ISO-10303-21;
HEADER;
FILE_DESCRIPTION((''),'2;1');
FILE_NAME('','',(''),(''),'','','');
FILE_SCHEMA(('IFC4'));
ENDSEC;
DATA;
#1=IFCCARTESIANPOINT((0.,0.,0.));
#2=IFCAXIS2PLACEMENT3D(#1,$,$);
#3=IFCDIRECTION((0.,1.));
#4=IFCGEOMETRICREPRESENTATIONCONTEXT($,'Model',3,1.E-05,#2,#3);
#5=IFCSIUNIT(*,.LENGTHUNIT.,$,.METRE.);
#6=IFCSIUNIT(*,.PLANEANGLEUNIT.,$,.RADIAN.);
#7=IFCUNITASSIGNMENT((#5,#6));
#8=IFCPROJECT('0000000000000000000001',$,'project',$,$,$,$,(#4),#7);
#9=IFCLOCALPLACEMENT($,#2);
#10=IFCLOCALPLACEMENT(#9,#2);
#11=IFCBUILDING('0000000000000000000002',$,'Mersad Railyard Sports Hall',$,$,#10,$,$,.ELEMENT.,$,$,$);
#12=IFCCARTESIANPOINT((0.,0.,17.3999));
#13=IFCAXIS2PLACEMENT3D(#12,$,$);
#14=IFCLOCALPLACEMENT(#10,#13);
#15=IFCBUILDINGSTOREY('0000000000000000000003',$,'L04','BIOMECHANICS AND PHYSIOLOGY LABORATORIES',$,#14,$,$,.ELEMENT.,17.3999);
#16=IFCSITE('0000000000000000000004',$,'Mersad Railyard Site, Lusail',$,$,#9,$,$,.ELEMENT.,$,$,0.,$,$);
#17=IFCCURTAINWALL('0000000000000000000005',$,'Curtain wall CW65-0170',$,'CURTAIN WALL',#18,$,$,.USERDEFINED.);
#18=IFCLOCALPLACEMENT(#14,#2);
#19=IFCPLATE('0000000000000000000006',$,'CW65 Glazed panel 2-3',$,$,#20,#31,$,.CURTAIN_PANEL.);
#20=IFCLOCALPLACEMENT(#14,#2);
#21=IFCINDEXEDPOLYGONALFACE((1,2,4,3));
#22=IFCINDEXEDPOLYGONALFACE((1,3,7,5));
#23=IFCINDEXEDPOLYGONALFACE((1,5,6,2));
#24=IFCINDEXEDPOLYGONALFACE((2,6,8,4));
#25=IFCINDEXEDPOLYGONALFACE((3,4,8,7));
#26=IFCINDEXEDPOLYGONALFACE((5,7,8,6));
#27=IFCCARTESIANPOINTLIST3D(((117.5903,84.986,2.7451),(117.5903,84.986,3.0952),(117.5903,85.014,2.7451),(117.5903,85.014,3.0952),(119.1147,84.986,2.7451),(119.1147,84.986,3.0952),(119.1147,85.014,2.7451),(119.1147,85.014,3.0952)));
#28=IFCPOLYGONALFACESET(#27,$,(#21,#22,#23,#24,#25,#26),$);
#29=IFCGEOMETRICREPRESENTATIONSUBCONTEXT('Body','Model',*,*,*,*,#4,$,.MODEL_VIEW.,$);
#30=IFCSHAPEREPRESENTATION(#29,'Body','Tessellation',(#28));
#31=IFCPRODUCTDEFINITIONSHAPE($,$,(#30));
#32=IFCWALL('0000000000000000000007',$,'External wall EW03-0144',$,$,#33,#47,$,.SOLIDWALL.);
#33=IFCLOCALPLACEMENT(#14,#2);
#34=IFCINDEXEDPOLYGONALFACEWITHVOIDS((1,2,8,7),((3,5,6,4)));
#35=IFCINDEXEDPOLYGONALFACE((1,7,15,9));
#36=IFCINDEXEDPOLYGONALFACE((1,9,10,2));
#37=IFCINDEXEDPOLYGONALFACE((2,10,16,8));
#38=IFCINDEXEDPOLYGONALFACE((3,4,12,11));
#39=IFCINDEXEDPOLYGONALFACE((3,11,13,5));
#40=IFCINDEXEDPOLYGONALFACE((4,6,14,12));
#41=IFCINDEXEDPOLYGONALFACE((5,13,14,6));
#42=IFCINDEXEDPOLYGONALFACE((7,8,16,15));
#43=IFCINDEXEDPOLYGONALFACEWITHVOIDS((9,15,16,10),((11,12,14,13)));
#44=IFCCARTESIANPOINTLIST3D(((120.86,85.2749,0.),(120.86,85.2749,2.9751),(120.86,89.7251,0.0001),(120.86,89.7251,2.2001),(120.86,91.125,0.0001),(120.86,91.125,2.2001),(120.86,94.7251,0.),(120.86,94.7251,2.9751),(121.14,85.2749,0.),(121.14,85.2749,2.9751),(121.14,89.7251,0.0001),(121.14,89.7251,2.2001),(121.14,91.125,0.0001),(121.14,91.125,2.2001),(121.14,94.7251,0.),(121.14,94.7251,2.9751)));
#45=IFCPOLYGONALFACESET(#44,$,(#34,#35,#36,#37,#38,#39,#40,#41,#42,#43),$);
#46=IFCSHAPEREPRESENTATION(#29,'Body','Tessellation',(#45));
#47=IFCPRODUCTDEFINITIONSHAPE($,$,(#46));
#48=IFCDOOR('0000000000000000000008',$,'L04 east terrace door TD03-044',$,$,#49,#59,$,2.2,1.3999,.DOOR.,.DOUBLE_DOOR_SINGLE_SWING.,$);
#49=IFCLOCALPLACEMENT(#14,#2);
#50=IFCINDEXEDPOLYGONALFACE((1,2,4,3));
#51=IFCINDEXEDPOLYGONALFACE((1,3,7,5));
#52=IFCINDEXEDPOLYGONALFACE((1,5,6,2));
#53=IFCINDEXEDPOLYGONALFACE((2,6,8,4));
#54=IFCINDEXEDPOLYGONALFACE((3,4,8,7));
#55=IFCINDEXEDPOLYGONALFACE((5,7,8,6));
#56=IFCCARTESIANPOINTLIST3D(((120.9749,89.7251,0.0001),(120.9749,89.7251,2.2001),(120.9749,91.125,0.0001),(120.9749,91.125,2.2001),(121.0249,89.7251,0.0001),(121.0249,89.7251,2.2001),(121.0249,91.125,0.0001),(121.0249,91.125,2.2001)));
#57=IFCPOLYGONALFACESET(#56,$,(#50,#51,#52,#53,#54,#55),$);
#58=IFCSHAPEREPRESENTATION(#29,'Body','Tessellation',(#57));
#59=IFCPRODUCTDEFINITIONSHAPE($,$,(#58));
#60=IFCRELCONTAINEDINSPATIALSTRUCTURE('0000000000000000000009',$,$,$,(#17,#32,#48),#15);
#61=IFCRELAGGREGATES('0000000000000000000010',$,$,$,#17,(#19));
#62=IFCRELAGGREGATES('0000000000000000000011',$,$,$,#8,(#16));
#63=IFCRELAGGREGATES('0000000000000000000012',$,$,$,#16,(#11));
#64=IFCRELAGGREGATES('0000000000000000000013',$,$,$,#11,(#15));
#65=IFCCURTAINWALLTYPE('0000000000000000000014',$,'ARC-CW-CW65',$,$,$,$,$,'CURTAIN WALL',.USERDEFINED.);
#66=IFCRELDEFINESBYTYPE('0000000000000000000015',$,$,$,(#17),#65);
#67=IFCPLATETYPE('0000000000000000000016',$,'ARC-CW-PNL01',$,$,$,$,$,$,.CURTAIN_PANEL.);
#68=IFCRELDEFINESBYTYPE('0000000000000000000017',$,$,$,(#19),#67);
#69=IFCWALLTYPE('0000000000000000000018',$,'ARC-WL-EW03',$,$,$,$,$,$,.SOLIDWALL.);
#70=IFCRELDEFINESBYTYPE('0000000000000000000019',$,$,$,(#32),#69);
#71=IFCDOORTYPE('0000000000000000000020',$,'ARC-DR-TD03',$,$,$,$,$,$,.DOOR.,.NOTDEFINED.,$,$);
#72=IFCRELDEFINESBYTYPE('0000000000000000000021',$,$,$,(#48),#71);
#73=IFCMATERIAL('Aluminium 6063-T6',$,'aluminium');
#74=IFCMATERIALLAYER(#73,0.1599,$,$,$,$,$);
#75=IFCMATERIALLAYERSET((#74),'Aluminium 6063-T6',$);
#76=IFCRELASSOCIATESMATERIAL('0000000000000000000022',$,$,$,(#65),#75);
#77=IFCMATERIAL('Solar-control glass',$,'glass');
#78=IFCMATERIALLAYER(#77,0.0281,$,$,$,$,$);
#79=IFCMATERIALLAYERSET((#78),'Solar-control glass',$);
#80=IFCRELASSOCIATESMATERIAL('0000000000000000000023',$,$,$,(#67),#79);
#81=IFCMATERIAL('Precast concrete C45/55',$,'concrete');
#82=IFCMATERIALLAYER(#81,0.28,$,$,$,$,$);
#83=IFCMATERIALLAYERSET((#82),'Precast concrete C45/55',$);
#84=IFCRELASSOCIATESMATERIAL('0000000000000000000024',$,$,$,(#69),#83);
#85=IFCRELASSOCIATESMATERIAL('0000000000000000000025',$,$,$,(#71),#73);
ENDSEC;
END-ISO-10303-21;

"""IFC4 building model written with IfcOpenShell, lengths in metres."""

from ifc_helpers import new_model, si_unit, direction, frame, frame_2d, origin, origin_2d, place, context, subcontext, project, spatial, rectangle, extrude, material, layer, layer_set, type_object, element, fill, aggregate, save


model = new_model("IFC4")

# Units and contexts
model_context = context("Model", 3, precision=1e-05, world=origin(), true_north=direction((0.0, 1.0)))
body_context = subcontext(model_context, "Body", "Model", "MODEL_VIEW")
ifc_project = project(units=[si_unit("LENGTHUNIT", "METRE"), si_unit("PLANEANGLEUNIT", "RADIAN")], contexts=[model_context])

# Site, building, storey
site_placement = place(None, origin())
site = spatial("IfcSite", under=ifc_project, at=site_placement, Name="Mersad Railyard Site, Lusail", CompositionType="ELEMENT", RefElevation=0.0)
building_placement = place(site_placement, origin())
building = spatial("IfcBuilding", under=site, at=building_placement, Name="Mersad Railyard Sports Hall", CompositionType="ELEMENT")
storey_placement = place(building_placement, frame((0.0, 0.0, 17.3999)))
storey = spatial("IfcBuildingStorey", under=building, at=storey_placement, Name="L04", Description="BIOMECHANICS AND PHYSIOLOGY LABORATORIES", CompositionType="ELEMENT", Elevation=17.3999)

# Curtain wall
ifc_material_1 = material(Name="Aluminium 6063-T6", Category="aluminium")
ifc_layer_1 = layer(ifc_material_1, 0.1599)
ifc_layer_set_1 = layer_set([ifc_layer_1], Name="Aluminium 6063-T6")
curtain_wall_type = type_object("IfcCurtainWallType", Name="ARC-CW-CW65", ElementType="CURTAIN WALL", PredefinedType="USERDEFINED", material=ifc_layer_set_1)
curtain_wall_placement = place(storey_placement, origin())
curtain_wall = element("IfcCurtainWall", 1, at=curtain_wall_placement, inside=storey, type_object=curtain_wall_type, Name="Curtain wall CW65-0170", ObjectType="CURTAIN WALL", PredefinedType="USERDEFINED")

# Plate
ifc_material_2 = material(Name="Solar-control glass", Category="glass")
ifc_layer_2 = layer(ifc_material_2, 0.0281)
ifc_layer_set_2 = layer_set([ifc_layer_2], Name="Solar-control glass")
plate_type = type_object("IfcPlateType", Name="ARC-CW-PNL01", PredefinedType="CURTAIN_PANEL", material=ifc_layer_set_2)
plate_1_placement = place(storey_placement, frame((118.3525, 85.0, 2.7451), z_axis=(0.0, 0.0, 1.0), x_axis=(-1.0, 0.0, 0.0)))
plate_1 = element("IfcPlate", 2, at=plate_1_placement, type_object=plate_type, Name="CW65 Glazed panel 2-3", PredefinedType="CURTAIN_PANEL", context=body_context, shape_type="SweptSolid", body=[
    extrude(rectangle(XDim=1.5244, YDim=0.0281, at=origin_2d()), origin(), (0.0, 0.0, 1.0), 0.3501),
])
aggregate(curtain_wall, [plate_1])

# Wall, opening, door
ifc_material_3 = material(Name="Precast concrete C45/55", Category="concrete")
ifc_layer_3 = layer(ifc_material_3, 0.28)
ifc_layer_set_3 = layer_set([ifc_layer_3], Name="Precast concrete C45/55")
wall_type = type_object("IfcWallType", Name="ARC-WL-EW03", PredefinedType="SOLIDWALL", material=ifc_layer_set_3)
wall_placement = place(storey_placement, frame((121.0, 94.7251, 0.0), z_axis=(0.0, 0.0, 1.0), x_axis=(0.0, -1.0, 0.0)))
wall = element("IfcWall", 3, at=wall_placement, inside=storey, type_object=wall_type, Name="External wall EW03-0144", PredefinedType="SOLIDWALL", context=body_context, shape_type="SweptSolid", body=[
    extrude(rectangle(XDim=9.4502, YDim=0.28, at=frame_2d((4.7251, 0.0))), origin(), (0.0, 0.0, 1.0), 2.9751),
])
opening_placement = place(wall_placement, frame((3.6001, 0.0, 0.0)))
opening = element("IfcOpeningElement", 4, at=opening_placement, cuts=wall, PredefinedType="OPENING", context=body_context, shape_type="SweptSolid", body=[
    extrude(rectangle(XDim=1.3999, YDim=2.2, at=frame_2d((0.7, 1.1001))), frame((0.0, 0.1499, 0.0), z_axis=(0.0, -1.0, 0.0), x_axis=(1.0, 0.0, 0.0)), (0.0, 0.0, 1.0), 0.3),
])
door_type = type_object("IfcDoorType", Name="ARC-DR-TD03", OperationType="NOTDEFINED", PredefinedType="DOOR", material=ifc_material_1)
door_placement = place(opening_placement, origin())
door = element("IfcDoor", 5, at=door_placement, inside=storey, type_object=door_type, Name="L04 east terrace door TD03-044", OperationType="DOUBLE_DOOR_SINGLE_SWING", OverallHeight=2.2, OverallWidth=1.3999, PredefinedType="DOOR", context=body_context, shape_type="SweptSolid", body=[
    extrude(rectangle(XDim=1.3999, YDim=2.2, at=frame_2d((0.7, 1.1001))), frame((0.0, 0.0249, 0.0), z_axis=(0.0, -1.0, 0.0), x_axis=(1.0, 0.0, 0.0)), (0.0, 0.0, 1.0), 0.05),
])
fill(opening, door)

save(model, "model.ifc")
